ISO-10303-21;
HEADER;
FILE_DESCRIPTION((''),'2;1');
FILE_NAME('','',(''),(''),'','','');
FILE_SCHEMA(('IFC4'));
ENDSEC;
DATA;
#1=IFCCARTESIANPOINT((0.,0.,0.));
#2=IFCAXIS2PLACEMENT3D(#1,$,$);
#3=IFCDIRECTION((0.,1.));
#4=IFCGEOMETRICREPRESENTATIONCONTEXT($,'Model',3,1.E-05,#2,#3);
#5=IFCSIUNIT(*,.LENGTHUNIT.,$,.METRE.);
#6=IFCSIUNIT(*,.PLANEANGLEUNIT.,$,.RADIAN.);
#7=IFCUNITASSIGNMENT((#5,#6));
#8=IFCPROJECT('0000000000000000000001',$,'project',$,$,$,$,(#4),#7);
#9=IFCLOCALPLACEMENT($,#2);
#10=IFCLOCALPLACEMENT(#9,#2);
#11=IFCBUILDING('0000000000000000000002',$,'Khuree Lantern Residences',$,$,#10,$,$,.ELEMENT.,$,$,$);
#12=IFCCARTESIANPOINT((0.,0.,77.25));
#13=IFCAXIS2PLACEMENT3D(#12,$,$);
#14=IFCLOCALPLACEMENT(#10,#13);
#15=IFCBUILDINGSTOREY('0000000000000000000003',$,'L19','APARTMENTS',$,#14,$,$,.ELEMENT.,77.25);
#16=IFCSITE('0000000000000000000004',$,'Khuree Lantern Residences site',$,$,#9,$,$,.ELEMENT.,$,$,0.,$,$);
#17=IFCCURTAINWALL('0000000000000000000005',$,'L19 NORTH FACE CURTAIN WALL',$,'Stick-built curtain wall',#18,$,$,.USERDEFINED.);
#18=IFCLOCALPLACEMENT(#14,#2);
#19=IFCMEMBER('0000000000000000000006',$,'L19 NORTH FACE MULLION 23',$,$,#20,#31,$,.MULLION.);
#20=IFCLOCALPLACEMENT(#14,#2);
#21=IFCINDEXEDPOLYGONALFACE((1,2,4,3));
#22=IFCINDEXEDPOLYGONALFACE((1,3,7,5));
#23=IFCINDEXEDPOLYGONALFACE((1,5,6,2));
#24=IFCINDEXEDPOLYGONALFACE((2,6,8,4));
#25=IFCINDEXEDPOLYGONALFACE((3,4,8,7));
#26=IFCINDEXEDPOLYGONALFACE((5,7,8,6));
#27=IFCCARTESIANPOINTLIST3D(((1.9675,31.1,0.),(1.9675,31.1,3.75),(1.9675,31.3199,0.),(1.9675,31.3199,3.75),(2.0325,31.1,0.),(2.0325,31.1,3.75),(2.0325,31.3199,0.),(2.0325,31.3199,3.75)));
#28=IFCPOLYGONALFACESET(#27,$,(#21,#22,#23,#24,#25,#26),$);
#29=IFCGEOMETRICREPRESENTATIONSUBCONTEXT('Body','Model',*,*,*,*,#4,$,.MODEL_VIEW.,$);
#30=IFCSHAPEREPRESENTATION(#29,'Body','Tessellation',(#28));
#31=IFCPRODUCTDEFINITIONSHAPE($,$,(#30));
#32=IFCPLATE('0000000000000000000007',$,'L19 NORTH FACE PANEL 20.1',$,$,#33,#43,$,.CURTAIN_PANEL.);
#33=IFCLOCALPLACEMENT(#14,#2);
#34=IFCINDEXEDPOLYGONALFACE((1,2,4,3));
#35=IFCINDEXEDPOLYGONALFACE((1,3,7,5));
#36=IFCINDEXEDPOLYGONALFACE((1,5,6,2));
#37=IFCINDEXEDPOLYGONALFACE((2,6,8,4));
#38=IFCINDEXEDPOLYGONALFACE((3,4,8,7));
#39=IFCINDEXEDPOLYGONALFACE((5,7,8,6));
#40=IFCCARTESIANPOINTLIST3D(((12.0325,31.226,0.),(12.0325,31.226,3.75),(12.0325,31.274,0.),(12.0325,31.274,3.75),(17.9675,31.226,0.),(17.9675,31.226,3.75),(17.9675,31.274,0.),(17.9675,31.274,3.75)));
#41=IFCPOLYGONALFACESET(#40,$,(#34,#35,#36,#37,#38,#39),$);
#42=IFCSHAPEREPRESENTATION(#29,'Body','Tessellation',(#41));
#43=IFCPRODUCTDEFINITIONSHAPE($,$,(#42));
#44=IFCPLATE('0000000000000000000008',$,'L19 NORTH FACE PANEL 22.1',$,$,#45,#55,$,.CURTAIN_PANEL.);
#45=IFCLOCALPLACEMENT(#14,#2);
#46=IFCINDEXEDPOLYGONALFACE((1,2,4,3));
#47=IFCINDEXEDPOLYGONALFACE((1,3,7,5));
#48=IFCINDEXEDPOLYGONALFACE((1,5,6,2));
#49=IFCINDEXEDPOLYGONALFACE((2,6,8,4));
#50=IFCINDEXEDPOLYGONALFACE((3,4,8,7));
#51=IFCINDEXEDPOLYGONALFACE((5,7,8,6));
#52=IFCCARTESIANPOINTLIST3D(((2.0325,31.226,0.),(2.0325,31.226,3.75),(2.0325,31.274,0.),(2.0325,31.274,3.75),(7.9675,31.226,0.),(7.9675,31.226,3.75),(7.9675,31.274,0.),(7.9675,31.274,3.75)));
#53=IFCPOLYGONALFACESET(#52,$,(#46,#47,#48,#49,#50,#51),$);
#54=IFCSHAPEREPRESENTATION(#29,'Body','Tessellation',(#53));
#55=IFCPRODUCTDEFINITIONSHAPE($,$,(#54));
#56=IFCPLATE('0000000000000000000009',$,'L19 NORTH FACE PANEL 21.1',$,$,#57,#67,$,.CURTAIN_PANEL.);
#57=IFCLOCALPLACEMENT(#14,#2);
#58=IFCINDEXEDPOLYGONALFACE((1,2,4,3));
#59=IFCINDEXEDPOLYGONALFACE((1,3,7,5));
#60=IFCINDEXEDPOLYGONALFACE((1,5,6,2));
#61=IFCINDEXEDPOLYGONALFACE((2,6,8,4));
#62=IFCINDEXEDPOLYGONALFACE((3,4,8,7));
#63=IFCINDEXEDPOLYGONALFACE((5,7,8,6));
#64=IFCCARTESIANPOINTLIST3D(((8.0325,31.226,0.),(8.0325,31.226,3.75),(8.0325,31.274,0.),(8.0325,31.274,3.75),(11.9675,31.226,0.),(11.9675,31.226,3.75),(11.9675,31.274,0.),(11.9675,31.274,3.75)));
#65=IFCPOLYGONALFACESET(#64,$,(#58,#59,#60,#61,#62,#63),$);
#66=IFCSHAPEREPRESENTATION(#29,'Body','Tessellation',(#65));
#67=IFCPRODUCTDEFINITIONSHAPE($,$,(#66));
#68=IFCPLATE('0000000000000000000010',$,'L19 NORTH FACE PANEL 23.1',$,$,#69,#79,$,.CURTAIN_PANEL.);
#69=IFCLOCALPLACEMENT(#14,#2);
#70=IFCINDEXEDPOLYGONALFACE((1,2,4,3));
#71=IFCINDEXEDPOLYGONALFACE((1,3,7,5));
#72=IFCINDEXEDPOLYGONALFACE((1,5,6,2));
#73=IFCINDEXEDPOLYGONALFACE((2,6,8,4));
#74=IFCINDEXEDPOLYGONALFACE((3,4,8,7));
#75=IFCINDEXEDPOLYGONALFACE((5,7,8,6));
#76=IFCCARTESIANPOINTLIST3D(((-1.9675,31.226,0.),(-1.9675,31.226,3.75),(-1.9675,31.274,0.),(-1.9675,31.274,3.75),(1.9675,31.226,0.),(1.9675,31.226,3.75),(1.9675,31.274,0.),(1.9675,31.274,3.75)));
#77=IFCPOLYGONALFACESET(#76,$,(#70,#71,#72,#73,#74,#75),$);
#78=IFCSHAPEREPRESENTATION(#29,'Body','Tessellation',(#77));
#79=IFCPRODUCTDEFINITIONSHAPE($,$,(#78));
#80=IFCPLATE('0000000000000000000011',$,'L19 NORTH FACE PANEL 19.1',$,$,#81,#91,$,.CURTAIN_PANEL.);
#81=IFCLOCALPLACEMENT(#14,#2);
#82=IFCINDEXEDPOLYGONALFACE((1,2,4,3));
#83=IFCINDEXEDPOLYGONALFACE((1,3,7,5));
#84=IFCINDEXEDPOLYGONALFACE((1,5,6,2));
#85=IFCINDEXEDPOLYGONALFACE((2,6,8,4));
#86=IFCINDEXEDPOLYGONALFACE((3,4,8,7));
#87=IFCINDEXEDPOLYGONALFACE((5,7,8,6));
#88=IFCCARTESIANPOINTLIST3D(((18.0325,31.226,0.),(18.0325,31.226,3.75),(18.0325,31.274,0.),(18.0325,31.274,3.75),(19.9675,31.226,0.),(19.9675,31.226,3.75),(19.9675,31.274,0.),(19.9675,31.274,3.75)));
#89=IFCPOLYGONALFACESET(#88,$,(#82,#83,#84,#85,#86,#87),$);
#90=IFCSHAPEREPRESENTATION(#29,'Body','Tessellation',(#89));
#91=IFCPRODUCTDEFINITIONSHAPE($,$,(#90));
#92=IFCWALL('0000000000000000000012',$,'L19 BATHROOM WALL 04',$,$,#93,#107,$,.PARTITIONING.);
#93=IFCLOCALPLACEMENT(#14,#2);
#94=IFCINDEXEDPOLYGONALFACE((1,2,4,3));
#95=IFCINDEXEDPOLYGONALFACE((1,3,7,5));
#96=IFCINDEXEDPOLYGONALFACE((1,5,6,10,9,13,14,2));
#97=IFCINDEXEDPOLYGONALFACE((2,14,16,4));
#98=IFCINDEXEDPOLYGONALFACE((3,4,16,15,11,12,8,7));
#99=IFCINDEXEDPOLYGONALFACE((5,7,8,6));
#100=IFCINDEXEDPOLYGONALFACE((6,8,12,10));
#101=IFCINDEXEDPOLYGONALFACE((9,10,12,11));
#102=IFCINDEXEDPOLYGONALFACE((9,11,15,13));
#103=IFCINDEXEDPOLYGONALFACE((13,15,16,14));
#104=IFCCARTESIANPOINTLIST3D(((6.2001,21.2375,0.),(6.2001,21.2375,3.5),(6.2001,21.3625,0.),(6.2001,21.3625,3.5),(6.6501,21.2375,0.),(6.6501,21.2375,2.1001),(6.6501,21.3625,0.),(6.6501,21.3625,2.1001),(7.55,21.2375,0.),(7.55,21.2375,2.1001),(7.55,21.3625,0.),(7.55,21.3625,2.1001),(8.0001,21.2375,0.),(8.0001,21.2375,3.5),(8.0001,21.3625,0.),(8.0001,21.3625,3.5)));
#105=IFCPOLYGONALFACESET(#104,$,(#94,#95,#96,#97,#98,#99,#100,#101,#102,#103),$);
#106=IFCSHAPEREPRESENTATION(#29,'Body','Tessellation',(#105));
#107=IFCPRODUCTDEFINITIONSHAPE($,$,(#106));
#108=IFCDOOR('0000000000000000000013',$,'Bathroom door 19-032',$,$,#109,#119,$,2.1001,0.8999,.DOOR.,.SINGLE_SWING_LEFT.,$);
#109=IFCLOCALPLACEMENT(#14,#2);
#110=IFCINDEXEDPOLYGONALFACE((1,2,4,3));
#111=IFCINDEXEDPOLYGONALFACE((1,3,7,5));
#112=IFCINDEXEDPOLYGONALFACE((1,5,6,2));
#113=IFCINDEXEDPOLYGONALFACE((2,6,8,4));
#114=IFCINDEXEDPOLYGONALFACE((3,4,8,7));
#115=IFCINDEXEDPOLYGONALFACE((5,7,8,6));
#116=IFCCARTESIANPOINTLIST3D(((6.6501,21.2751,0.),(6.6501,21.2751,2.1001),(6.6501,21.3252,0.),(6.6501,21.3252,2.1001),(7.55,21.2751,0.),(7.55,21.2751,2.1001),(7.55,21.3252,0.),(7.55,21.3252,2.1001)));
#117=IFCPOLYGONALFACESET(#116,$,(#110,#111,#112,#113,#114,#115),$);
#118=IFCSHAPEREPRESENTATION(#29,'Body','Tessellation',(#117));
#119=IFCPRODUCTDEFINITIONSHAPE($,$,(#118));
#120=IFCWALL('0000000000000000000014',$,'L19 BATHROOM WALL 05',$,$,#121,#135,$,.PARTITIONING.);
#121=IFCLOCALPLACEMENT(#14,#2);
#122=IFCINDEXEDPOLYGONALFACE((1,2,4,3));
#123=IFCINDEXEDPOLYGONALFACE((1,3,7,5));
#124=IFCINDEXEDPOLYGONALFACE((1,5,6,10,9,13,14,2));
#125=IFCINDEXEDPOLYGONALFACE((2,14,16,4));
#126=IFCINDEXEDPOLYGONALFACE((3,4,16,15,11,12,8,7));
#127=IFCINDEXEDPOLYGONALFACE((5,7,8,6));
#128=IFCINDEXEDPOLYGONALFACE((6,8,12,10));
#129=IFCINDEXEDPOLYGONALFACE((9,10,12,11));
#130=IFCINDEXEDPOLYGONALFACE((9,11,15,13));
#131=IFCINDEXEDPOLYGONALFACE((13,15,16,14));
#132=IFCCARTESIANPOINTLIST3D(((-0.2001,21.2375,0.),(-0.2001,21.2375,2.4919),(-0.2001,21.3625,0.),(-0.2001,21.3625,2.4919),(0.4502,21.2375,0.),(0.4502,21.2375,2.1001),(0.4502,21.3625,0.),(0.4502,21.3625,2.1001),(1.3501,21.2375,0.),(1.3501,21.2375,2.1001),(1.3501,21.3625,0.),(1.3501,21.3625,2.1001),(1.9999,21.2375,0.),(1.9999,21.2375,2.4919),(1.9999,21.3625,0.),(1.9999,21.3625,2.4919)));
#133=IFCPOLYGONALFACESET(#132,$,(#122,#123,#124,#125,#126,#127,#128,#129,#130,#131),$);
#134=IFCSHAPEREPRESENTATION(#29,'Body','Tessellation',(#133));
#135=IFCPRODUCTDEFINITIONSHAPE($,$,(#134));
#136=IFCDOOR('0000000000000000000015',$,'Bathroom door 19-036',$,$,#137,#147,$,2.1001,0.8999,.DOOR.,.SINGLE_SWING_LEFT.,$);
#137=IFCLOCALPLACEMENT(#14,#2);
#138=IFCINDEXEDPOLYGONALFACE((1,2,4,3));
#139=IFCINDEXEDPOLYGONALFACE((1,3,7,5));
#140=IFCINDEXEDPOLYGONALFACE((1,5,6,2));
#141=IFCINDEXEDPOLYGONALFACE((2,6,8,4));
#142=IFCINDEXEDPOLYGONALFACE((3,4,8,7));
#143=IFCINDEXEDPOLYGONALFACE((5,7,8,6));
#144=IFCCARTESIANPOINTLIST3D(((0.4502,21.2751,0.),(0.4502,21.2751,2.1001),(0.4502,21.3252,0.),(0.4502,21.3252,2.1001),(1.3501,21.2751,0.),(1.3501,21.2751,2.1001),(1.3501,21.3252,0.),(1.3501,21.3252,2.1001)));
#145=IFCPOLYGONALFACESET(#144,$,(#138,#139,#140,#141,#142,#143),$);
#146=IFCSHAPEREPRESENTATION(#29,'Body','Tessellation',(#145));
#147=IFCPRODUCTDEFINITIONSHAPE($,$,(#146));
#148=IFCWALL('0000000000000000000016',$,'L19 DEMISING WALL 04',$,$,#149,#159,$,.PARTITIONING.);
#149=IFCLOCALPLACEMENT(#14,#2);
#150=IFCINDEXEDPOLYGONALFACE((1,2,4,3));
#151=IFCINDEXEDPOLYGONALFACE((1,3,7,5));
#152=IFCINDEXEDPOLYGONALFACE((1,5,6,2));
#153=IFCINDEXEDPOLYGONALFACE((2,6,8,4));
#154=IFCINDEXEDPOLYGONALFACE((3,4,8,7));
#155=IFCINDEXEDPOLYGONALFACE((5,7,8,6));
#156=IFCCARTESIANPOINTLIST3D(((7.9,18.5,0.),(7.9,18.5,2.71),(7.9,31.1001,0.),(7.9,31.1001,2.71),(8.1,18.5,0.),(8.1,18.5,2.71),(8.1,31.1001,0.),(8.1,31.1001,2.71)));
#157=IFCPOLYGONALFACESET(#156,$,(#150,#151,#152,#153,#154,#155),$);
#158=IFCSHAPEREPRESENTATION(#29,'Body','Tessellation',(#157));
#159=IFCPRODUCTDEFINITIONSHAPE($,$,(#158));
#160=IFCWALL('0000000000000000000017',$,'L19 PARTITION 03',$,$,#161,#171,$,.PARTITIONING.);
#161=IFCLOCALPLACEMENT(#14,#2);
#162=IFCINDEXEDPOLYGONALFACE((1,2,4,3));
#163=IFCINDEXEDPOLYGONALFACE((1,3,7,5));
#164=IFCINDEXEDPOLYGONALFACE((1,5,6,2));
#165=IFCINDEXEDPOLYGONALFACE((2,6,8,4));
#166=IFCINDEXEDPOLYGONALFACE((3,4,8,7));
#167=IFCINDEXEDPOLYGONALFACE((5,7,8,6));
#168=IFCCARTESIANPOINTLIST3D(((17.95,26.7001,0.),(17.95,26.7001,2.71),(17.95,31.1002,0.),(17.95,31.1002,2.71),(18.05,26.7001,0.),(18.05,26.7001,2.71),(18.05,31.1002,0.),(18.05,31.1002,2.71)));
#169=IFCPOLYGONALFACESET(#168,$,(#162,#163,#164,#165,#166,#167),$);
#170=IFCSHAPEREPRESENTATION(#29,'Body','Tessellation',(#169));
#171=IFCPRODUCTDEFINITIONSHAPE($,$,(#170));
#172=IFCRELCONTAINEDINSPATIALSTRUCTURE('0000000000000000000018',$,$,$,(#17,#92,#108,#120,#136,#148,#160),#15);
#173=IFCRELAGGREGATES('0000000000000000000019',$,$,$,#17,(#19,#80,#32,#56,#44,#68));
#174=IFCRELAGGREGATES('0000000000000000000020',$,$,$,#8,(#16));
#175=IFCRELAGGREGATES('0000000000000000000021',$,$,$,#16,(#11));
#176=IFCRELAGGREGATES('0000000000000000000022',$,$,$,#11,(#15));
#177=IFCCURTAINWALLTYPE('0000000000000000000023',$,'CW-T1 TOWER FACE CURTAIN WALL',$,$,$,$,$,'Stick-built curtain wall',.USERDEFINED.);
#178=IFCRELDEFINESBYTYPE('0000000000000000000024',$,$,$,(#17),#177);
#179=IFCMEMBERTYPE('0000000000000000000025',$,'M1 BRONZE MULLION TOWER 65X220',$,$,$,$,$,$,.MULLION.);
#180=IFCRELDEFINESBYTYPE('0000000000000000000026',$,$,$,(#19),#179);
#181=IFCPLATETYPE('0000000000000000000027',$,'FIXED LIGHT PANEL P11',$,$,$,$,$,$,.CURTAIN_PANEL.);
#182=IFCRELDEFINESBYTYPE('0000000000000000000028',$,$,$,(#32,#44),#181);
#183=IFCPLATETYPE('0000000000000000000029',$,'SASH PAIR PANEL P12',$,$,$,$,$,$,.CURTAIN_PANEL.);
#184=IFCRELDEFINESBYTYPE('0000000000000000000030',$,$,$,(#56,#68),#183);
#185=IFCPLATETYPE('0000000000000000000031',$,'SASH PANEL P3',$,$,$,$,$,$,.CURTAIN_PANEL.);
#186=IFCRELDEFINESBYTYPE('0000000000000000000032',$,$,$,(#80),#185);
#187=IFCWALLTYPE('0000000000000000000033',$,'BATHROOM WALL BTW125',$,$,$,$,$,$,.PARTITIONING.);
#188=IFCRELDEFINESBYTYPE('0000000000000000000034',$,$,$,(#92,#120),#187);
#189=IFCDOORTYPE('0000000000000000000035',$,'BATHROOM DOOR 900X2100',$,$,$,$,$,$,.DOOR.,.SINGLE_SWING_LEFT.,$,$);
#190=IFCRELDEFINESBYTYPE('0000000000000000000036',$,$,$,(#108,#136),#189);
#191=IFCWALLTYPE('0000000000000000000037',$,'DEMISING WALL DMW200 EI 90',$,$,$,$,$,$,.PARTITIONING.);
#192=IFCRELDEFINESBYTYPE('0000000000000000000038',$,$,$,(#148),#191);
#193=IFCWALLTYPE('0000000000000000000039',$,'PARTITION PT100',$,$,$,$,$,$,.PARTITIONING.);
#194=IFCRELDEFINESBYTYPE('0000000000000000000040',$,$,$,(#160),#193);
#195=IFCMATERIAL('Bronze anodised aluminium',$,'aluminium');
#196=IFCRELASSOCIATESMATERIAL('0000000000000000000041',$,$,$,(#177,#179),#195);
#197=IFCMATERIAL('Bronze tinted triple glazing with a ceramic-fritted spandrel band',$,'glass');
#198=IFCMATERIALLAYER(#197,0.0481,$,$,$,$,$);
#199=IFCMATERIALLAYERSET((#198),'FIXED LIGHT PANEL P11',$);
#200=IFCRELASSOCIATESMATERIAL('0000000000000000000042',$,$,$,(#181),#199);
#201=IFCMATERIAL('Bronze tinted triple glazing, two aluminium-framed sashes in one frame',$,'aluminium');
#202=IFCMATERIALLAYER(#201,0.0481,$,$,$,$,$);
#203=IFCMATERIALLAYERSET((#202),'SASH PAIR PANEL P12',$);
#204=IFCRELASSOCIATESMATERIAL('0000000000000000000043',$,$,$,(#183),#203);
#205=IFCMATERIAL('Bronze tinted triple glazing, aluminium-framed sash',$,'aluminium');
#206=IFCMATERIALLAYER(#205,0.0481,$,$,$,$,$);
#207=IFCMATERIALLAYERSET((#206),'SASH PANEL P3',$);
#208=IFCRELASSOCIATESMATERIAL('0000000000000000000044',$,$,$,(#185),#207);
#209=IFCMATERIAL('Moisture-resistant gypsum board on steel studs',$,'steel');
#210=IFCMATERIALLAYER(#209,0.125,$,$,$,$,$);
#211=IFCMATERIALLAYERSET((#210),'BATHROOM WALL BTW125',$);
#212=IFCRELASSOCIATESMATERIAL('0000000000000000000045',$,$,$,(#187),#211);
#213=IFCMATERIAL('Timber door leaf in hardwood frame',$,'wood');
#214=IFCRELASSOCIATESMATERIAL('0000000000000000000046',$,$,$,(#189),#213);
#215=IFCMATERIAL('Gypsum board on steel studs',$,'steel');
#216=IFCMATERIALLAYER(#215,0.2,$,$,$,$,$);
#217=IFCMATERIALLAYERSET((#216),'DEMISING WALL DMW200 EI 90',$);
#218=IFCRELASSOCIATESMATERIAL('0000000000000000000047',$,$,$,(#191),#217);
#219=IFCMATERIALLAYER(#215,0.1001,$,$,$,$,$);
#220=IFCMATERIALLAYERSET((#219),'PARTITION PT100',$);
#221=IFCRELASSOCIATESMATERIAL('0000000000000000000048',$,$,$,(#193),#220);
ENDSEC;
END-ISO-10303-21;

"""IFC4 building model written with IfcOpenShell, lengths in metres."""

from ifc_helpers import new_model, si_unit, direction, frame, frame_2d, origin, origin_2d, place, context, subcontext, project, spatial, rectangle, extrude, material, layer, layer_set, material_profile, profile_set, type_object, element, fill, aggregate, save


model = new_model("IFC4")

# Units and contexts
model_context = context("Model", 3, precision=1e-05, world=origin(), true_north=direction((0.0, 1.0)))
body_context = subcontext(model_context, "Body", "Model", "MODEL_VIEW")
ifc_project = project(units=[si_unit("LENGTHUNIT", "METRE"), si_unit("PLANEANGLEUNIT", "RADIAN")], contexts=[model_context])

# Site, building, storey
site_placement = place(None, origin())
site = spatial("IfcSite", under=ifc_project, at=site_placement, Name="Khuree Lantern Residences site", CompositionType="ELEMENT", RefElevation=0.0)
building_placement = place(site_placement, origin())
building = spatial("IfcBuilding", under=site, at=building_placement, Name="Khuree Lantern Residences", CompositionType="ELEMENT")
storey_placement = place(building_placement, frame((0.0, 0.0, 77.25)))
storey = spatial("IfcBuildingStorey", under=building, at=storey_placement, Name="L19", Description="APARTMENTS", CompositionType="ELEMENT", Elevation=77.25)

# Curtain wall
ifc_material_1 = material(Name="Bronze anodised aluminium", Category="aluminium")
curtain_wall_type = type_object("IfcCurtainWallType", Name="CW-T1 TOWER FACE CURTAIN WALL", ElementType="Stick-built curtain wall", PredefinedType="USERDEFINED", material=ifc_material_1)
curtain_wall_placement = place(storey_placement, origin())
curtain_wall = element("IfcCurtainWall", 1, at=curtain_wall_placement, inside=storey, type_object=curtain_wall_type, Name="L19 NORTH FACE CURTAIN WALL", ObjectType="Stick-built curtain wall", PredefinedType="USERDEFINED")

# Member
ifc_material_profile_1 = material_profile(ifc_material_1, rectangle(XDim=0.0649, YDim=0.22, at=origin_2d()), Name="M1 65X220")
ifc_profile_set_1 = profile_set([ifc_material_profile_1], Name="Bronze anodised aluminium")
member_type_1 = type_object("IfcMemberType", Name="M1 BRONZE MULLION TOWER 65X220", PredefinedType="MULLION", material=ifc_profile_set_1)
member_1_placement = place(storey_placement, frame((2.0, 31.21, 0.0), z_axis=(0.0, 0.0, 1.0), x_axis=(-1.0, 0.0, 0.0)))
member_1 = element("IfcMember", 2, at=member_1_placement, type_object=member_type_1, Name="L19 NORTH FACE MULLION 23", PredefinedType="MULLION", context=body_context, shape_type="SweptSolid", body=[
    extrude(rectangle(XDim=0.0649, YDim=0.22, at=origin_2d()), origin(), (0.0, 0.0, 1.0), 3.75),
])

# Plates
ifc_material_2 = material(Name="Bronze tinted triple glazing with a ceramic-fritted spandrel band", Category="glass")
ifc_layer_1 = layer(ifc_material_2, 0.0481)
ifc_layer_set_1 = layer_set([ifc_layer_1], Name="FIXED LIGHT PANEL P11")
plate_type_1 = type_object("IfcPlateType", Name="FIXED LIGHT PANEL P11", PredefinedType="CURTAIN_PANEL", material=ifc_layer_set_1)
plate_1_placement = place(storey_placement, frame((15.0, 31.25, 0.0), z_axis=(0.0, 0.0, 1.0), x_axis=(-1.0, 0.0, 0.0)))
plate_1 = element("IfcPlate", 3, at=plate_1_placement, type_object=plate_type_1, Name="L19 NORTH FACE PANEL 20.1", PredefinedType="CURTAIN_PANEL", context=body_context, shape_type="SweptSolid", body=[
    extrude(rectangle(XDim=5.9351, YDim=0.0481, at=origin_2d()), origin(), (0.0, 0.0, 1.0), 3.75),
])
plate_2_placement = place(storey_placement, frame((5.0, 31.25, 0.0), z_axis=(0.0, 0.0, 1.0), x_axis=(-1.0, 0.0, 0.0)))
plate_2 = element("IfcPlate", 4, at=plate_2_placement, type_object=plate_type_1, Name="L19 NORTH FACE PANEL 22.1", PredefinedType="CURTAIN_PANEL", context=body_context, shape_type="SweptSolid", body=[
    extrude(rectangle(XDim=5.9351, YDim=0.0481, at=origin_2d()), origin(), (0.0, 0.0, 1.0), 3.75),
])
ifc_material_3 = material(Name="Bronze tinted triple glazing, two aluminium-framed sashes in one frame", Category="aluminium")
ifc_layer_2 = layer(ifc_material_3, 0.0481)
ifc_layer_set_2 = layer_set([ifc_layer_2], Name="SASH PAIR PANEL P12")
plate_type_2 = type_object("IfcPlateType", Name="SASH PAIR PANEL P12", PredefinedType="CURTAIN_PANEL", material=ifc_layer_set_2)
plate_3_placement = place(storey_placement, frame((10.0, 31.25, 0.0), z_axis=(0.0, 0.0, 1.0), x_axis=(-1.0, 0.0, 0.0)))
plate_3 = element("IfcPlate", 5, at=plate_3_placement, type_object=plate_type_2, Name="L19 NORTH FACE PANEL 21.1", PredefinedType="CURTAIN_PANEL", context=body_context, shape_type="SweptSolid", body=[
    extrude(rectangle(XDim=3.9351, YDim=0.0481, at=origin_2d()), origin(), (0.0, 0.0, 1.0), 3.75),
])
plate_4_placement = place(storey_placement, frame((0.0, 31.25, 0.0), z_axis=(0.0, 0.0, 1.0), x_axis=(-1.0, 0.0, 0.0)))
plate_4 = element("IfcPlate", 6, at=plate_4_placement, type_object=plate_type_2, Name="L19 NORTH FACE PANEL 23.1", PredefinedType="CURTAIN_PANEL", context=body_context, shape_type="SweptSolid", body=[
    extrude(rectangle(XDim=3.9351, YDim=0.0481, at=origin_2d()), origin(), (0.0, 0.0, 1.0), 3.75),
])
ifc_material_4 = material(Name="Bronze tinted triple glazing, aluminium-framed sash", Category="aluminium")
ifc_layer_3 = layer(ifc_material_4, 0.0481)
ifc_layer_set_3 = layer_set([ifc_layer_3], Name="SASH PANEL P3")
plate_type_3 = type_object("IfcPlateType", Name="SASH PANEL P3", PredefinedType="CURTAIN_PANEL", material=ifc_layer_set_3)
plate_5_placement = place(storey_placement, frame((19.0, 31.25, 0.0), z_axis=(0.0, 0.0, 1.0), x_axis=(-1.0, 0.0, 0.0)))
plate_5 = element("IfcPlate", 7, at=plate_5_placement, type_object=plate_type_3, Name="L19 NORTH FACE PANEL 19.1", PredefinedType="CURTAIN_PANEL", context=body_context, shape_type="SweptSolid", body=[
    extrude(rectangle(XDim=1.9351, YDim=0.0481, at=origin_2d()), origin(), (0.0, 0.0, 1.0), 3.75),
])
aggregate(curtain_wall, [member_1, plate_5, plate_1, plate_3, plate_2, plate_4])

# Walls, openings, doors
ifc_material_5 = material(Name="Moisture-resistant gypsum board on steel studs", Category="steel")
ifc_layer_4 = layer(ifc_material_5, 0.125)
ifc_layer_set_4 = layer_set([ifc_layer_4], Name="BATHROOM WALL BTW125")
wall_type_1 = type_object("IfcWallType", Name="BATHROOM WALL BTW125", PredefinedType="PARTITIONING", material=ifc_layer_set_4)
wall_1_placement = place(storey_placement, frame((8.0, 21.3, 0.0), z_axis=(0.0, 0.0, 1.0), x_axis=(-1.0, 0.0, 0.0)))
wall_1 = element("IfcWall", 8, at=wall_1_placement, inside=storey, type_object=wall_type_1, Name="L19 BATHROOM WALL 04", PredefinedType="PARTITIONING", context=body_context, shape_type="SweptSolid", body=[
    extrude(rectangle(XDim=1.8, YDim=0.125, at=frame_2d((0.8999, 0.0))), origin(), (0.0, 0.0, 1.0), 3.5),
])
opening_1_placement = place(wall_1_placement, frame((0.45, 0.0, 0.0)))
opening_1 = element("IfcOpeningElement", 9, at=opening_1_placement, cuts=wall_1, PredefinedType="OPENING", context=body_context, shape_type="SweptSolid", body=[
    extrude(rectangle(XDim=0.8999, YDim=2.1001, at=frame_2d((0.45, 1.05))), frame((0.0, 0.0725, 0.0), z_axis=(0.0, -1.0, 0.0), x_axis=(1.0, 0.0, 0.0)), (0.0, 0.0, 1.0), 0.145),
])
ifc_material_6 = material(Name="Timber door leaf in hardwood frame", Category="wood")
door_type_1 = type_object("IfcDoorType", Name="BATHROOM DOOR 900X2100", OperationType="SINGLE_SWING_LEFT", PredefinedType="DOOR", material=ifc_material_6)
door_1_placement = place(opening_1_placement, origin())
door_1 = element("IfcDoor", 10, at=door_1_placement, inside=storey, type_object=door_type_1, Name="Bathroom door 19-032", OperationType="SINGLE_SWING_LEFT", OverallHeight=2.1001, OverallWidth=0.8999, PredefinedType="DOOR", context=body_context, shape_type="SweptSolid", body=[
    extrude(rectangle(XDim=0.8999, YDim=2.1001, at=frame_2d((0.45, 1.05))), frame((0.0, 0.0249, 0.0), z_axis=(0.0, -1.0, 0.0), x_axis=(1.0, 0.0, 0.0)), (0.0, 0.0, 1.0), 0.05),
])
fill(opening_1, door_1)
wall_2_placement = place(storey_placement, frame((2.0, 21.3, 0.0), z_axis=(0.0, 0.0, 1.0), x_axis=(-1.0, 0.0, 0.0)))
wall_2 = element("IfcWall", 11, at=wall_2_placement, inside=storey, type_object=wall_type_1, Name="L19 BATHROOM WALL 05", PredefinedType="PARTITIONING", context=body_context, shape_type="SweptSolid", body=[
    extrude(rectangle(XDim=2.2, YDim=0.125, at=frame_2d((1.1001, 0.0))), origin(), (0.0, 0.0, 1.0), 2.4919),
])
opening_2_placement = place(wall_2_placement, frame((0.6499, 0.0, 0.0)))
opening_2 = element("IfcOpeningElement", 12, at=opening_2_placement, cuts=wall_2, PredefinedType="OPENING", context=body_context, shape_type="SweptSolid", body=[
    extrude(rectangle(XDim=0.8999, YDim=2.1001, at=frame_2d((0.45, 1.05))), frame((0.0, 0.0725, 0.0), z_axis=(0.0, -1.0, 0.0), x_axis=(1.0, 0.0, 0.0)), (0.0, 0.0, 1.0), 0.145),
])
door_2_placement = place(opening_2_placement, origin())
door_2 = element("IfcDoor", 13, at=door_2_placement, inside=storey, type_object=door_type_1, Name="Bathroom door 19-036", OperationType="SINGLE_SWING_LEFT", OverallHeight=2.1001, OverallWidth=0.8999, PredefinedType="DOOR", context=body_context, shape_type="SweptSolid", body=[
    extrude(rectangle(XDim=0.8999, YDim=2.1001, at=frame_2d((0.45, 1.05))), frame((0.0, 0.0249, 0.0), z_axis=(0.0, -1.0, 0.0), x_axis=(1.0, 0.0, 0.0)), (0.0, 0.0, 1.0), 0.05),
])
fill(opening_2, door_2)

# Walls
ifc_material_7 = material(Name="Gypsum board on steel studs", Category="steel")
ifc_layer_5 = layer(ifc_material_7, 0.2)
ifc_layer_set_5 = layer_set([ifc_layer_5], Name="DEMISING WALL DMW200 EI 90")
wall_type_2 = type_object("IfcWallType", Name="DEMISING WALL DMW200 EI 90", PredefinedType="PARTITIONING", material=ifc_layer_set_5)
wall_3_placement = place(storey_placement, frame((8.0, 18.5, 0.0), z_axis=(0.0, 0.0, 1.0), x_axis=(0.0, 1.0, 0.0)))
element("IfcWall", 14, at=wall_3_placement, inside=storey, type_object=wall_type_2, Name="L19 DEMISING WALL 04", PredefinedType="PARTITIONING", context=body_context, shape_type="SweptSolid", body=[
    extrude(rectangle(XDim=12.6001, YDim=0.2, at=frame_2d((6.3, 0.0))), origin(), (0.0, 0.0, 1.0), 2.71),
])
ifc_layer_6 = layer(ifc_material_7, 0.1001)
ifc_layer_set_6 = layer_set([ifc_layer_6], Name="PARTITION PT100")
wall_type_3 = type_object("IfcWallType", Name="PARTITION PT100", PredefinedType="PARTITIONING", material=ifc_layer_set_6)
for number, where, z_axis, x_axis, name in (
    (15, (18.0, 26.7, 0.0), (0.0, 0.0, 1.0), (0.0, 1.0, 0.0), "L19 PARTITION 03"),
):
    element("IfcWall", number, at=place(storey_placement, frame(where, z_axis=z_axis, x_axis=x_axis)), inside=storey, type_object=wall_type_3, Name=name, PredefinedType="PARTITIONING", context=body_context, shape_type="SweptSolid", body=[
        extrude(rectangle(XDim=4.4001, YDim=0.1001, at=frame_2d((2.2002, 0.0))), origin(), (0.0, 0.0, 1.0), 2.71),
    ])

save(model, "model.ifc")
